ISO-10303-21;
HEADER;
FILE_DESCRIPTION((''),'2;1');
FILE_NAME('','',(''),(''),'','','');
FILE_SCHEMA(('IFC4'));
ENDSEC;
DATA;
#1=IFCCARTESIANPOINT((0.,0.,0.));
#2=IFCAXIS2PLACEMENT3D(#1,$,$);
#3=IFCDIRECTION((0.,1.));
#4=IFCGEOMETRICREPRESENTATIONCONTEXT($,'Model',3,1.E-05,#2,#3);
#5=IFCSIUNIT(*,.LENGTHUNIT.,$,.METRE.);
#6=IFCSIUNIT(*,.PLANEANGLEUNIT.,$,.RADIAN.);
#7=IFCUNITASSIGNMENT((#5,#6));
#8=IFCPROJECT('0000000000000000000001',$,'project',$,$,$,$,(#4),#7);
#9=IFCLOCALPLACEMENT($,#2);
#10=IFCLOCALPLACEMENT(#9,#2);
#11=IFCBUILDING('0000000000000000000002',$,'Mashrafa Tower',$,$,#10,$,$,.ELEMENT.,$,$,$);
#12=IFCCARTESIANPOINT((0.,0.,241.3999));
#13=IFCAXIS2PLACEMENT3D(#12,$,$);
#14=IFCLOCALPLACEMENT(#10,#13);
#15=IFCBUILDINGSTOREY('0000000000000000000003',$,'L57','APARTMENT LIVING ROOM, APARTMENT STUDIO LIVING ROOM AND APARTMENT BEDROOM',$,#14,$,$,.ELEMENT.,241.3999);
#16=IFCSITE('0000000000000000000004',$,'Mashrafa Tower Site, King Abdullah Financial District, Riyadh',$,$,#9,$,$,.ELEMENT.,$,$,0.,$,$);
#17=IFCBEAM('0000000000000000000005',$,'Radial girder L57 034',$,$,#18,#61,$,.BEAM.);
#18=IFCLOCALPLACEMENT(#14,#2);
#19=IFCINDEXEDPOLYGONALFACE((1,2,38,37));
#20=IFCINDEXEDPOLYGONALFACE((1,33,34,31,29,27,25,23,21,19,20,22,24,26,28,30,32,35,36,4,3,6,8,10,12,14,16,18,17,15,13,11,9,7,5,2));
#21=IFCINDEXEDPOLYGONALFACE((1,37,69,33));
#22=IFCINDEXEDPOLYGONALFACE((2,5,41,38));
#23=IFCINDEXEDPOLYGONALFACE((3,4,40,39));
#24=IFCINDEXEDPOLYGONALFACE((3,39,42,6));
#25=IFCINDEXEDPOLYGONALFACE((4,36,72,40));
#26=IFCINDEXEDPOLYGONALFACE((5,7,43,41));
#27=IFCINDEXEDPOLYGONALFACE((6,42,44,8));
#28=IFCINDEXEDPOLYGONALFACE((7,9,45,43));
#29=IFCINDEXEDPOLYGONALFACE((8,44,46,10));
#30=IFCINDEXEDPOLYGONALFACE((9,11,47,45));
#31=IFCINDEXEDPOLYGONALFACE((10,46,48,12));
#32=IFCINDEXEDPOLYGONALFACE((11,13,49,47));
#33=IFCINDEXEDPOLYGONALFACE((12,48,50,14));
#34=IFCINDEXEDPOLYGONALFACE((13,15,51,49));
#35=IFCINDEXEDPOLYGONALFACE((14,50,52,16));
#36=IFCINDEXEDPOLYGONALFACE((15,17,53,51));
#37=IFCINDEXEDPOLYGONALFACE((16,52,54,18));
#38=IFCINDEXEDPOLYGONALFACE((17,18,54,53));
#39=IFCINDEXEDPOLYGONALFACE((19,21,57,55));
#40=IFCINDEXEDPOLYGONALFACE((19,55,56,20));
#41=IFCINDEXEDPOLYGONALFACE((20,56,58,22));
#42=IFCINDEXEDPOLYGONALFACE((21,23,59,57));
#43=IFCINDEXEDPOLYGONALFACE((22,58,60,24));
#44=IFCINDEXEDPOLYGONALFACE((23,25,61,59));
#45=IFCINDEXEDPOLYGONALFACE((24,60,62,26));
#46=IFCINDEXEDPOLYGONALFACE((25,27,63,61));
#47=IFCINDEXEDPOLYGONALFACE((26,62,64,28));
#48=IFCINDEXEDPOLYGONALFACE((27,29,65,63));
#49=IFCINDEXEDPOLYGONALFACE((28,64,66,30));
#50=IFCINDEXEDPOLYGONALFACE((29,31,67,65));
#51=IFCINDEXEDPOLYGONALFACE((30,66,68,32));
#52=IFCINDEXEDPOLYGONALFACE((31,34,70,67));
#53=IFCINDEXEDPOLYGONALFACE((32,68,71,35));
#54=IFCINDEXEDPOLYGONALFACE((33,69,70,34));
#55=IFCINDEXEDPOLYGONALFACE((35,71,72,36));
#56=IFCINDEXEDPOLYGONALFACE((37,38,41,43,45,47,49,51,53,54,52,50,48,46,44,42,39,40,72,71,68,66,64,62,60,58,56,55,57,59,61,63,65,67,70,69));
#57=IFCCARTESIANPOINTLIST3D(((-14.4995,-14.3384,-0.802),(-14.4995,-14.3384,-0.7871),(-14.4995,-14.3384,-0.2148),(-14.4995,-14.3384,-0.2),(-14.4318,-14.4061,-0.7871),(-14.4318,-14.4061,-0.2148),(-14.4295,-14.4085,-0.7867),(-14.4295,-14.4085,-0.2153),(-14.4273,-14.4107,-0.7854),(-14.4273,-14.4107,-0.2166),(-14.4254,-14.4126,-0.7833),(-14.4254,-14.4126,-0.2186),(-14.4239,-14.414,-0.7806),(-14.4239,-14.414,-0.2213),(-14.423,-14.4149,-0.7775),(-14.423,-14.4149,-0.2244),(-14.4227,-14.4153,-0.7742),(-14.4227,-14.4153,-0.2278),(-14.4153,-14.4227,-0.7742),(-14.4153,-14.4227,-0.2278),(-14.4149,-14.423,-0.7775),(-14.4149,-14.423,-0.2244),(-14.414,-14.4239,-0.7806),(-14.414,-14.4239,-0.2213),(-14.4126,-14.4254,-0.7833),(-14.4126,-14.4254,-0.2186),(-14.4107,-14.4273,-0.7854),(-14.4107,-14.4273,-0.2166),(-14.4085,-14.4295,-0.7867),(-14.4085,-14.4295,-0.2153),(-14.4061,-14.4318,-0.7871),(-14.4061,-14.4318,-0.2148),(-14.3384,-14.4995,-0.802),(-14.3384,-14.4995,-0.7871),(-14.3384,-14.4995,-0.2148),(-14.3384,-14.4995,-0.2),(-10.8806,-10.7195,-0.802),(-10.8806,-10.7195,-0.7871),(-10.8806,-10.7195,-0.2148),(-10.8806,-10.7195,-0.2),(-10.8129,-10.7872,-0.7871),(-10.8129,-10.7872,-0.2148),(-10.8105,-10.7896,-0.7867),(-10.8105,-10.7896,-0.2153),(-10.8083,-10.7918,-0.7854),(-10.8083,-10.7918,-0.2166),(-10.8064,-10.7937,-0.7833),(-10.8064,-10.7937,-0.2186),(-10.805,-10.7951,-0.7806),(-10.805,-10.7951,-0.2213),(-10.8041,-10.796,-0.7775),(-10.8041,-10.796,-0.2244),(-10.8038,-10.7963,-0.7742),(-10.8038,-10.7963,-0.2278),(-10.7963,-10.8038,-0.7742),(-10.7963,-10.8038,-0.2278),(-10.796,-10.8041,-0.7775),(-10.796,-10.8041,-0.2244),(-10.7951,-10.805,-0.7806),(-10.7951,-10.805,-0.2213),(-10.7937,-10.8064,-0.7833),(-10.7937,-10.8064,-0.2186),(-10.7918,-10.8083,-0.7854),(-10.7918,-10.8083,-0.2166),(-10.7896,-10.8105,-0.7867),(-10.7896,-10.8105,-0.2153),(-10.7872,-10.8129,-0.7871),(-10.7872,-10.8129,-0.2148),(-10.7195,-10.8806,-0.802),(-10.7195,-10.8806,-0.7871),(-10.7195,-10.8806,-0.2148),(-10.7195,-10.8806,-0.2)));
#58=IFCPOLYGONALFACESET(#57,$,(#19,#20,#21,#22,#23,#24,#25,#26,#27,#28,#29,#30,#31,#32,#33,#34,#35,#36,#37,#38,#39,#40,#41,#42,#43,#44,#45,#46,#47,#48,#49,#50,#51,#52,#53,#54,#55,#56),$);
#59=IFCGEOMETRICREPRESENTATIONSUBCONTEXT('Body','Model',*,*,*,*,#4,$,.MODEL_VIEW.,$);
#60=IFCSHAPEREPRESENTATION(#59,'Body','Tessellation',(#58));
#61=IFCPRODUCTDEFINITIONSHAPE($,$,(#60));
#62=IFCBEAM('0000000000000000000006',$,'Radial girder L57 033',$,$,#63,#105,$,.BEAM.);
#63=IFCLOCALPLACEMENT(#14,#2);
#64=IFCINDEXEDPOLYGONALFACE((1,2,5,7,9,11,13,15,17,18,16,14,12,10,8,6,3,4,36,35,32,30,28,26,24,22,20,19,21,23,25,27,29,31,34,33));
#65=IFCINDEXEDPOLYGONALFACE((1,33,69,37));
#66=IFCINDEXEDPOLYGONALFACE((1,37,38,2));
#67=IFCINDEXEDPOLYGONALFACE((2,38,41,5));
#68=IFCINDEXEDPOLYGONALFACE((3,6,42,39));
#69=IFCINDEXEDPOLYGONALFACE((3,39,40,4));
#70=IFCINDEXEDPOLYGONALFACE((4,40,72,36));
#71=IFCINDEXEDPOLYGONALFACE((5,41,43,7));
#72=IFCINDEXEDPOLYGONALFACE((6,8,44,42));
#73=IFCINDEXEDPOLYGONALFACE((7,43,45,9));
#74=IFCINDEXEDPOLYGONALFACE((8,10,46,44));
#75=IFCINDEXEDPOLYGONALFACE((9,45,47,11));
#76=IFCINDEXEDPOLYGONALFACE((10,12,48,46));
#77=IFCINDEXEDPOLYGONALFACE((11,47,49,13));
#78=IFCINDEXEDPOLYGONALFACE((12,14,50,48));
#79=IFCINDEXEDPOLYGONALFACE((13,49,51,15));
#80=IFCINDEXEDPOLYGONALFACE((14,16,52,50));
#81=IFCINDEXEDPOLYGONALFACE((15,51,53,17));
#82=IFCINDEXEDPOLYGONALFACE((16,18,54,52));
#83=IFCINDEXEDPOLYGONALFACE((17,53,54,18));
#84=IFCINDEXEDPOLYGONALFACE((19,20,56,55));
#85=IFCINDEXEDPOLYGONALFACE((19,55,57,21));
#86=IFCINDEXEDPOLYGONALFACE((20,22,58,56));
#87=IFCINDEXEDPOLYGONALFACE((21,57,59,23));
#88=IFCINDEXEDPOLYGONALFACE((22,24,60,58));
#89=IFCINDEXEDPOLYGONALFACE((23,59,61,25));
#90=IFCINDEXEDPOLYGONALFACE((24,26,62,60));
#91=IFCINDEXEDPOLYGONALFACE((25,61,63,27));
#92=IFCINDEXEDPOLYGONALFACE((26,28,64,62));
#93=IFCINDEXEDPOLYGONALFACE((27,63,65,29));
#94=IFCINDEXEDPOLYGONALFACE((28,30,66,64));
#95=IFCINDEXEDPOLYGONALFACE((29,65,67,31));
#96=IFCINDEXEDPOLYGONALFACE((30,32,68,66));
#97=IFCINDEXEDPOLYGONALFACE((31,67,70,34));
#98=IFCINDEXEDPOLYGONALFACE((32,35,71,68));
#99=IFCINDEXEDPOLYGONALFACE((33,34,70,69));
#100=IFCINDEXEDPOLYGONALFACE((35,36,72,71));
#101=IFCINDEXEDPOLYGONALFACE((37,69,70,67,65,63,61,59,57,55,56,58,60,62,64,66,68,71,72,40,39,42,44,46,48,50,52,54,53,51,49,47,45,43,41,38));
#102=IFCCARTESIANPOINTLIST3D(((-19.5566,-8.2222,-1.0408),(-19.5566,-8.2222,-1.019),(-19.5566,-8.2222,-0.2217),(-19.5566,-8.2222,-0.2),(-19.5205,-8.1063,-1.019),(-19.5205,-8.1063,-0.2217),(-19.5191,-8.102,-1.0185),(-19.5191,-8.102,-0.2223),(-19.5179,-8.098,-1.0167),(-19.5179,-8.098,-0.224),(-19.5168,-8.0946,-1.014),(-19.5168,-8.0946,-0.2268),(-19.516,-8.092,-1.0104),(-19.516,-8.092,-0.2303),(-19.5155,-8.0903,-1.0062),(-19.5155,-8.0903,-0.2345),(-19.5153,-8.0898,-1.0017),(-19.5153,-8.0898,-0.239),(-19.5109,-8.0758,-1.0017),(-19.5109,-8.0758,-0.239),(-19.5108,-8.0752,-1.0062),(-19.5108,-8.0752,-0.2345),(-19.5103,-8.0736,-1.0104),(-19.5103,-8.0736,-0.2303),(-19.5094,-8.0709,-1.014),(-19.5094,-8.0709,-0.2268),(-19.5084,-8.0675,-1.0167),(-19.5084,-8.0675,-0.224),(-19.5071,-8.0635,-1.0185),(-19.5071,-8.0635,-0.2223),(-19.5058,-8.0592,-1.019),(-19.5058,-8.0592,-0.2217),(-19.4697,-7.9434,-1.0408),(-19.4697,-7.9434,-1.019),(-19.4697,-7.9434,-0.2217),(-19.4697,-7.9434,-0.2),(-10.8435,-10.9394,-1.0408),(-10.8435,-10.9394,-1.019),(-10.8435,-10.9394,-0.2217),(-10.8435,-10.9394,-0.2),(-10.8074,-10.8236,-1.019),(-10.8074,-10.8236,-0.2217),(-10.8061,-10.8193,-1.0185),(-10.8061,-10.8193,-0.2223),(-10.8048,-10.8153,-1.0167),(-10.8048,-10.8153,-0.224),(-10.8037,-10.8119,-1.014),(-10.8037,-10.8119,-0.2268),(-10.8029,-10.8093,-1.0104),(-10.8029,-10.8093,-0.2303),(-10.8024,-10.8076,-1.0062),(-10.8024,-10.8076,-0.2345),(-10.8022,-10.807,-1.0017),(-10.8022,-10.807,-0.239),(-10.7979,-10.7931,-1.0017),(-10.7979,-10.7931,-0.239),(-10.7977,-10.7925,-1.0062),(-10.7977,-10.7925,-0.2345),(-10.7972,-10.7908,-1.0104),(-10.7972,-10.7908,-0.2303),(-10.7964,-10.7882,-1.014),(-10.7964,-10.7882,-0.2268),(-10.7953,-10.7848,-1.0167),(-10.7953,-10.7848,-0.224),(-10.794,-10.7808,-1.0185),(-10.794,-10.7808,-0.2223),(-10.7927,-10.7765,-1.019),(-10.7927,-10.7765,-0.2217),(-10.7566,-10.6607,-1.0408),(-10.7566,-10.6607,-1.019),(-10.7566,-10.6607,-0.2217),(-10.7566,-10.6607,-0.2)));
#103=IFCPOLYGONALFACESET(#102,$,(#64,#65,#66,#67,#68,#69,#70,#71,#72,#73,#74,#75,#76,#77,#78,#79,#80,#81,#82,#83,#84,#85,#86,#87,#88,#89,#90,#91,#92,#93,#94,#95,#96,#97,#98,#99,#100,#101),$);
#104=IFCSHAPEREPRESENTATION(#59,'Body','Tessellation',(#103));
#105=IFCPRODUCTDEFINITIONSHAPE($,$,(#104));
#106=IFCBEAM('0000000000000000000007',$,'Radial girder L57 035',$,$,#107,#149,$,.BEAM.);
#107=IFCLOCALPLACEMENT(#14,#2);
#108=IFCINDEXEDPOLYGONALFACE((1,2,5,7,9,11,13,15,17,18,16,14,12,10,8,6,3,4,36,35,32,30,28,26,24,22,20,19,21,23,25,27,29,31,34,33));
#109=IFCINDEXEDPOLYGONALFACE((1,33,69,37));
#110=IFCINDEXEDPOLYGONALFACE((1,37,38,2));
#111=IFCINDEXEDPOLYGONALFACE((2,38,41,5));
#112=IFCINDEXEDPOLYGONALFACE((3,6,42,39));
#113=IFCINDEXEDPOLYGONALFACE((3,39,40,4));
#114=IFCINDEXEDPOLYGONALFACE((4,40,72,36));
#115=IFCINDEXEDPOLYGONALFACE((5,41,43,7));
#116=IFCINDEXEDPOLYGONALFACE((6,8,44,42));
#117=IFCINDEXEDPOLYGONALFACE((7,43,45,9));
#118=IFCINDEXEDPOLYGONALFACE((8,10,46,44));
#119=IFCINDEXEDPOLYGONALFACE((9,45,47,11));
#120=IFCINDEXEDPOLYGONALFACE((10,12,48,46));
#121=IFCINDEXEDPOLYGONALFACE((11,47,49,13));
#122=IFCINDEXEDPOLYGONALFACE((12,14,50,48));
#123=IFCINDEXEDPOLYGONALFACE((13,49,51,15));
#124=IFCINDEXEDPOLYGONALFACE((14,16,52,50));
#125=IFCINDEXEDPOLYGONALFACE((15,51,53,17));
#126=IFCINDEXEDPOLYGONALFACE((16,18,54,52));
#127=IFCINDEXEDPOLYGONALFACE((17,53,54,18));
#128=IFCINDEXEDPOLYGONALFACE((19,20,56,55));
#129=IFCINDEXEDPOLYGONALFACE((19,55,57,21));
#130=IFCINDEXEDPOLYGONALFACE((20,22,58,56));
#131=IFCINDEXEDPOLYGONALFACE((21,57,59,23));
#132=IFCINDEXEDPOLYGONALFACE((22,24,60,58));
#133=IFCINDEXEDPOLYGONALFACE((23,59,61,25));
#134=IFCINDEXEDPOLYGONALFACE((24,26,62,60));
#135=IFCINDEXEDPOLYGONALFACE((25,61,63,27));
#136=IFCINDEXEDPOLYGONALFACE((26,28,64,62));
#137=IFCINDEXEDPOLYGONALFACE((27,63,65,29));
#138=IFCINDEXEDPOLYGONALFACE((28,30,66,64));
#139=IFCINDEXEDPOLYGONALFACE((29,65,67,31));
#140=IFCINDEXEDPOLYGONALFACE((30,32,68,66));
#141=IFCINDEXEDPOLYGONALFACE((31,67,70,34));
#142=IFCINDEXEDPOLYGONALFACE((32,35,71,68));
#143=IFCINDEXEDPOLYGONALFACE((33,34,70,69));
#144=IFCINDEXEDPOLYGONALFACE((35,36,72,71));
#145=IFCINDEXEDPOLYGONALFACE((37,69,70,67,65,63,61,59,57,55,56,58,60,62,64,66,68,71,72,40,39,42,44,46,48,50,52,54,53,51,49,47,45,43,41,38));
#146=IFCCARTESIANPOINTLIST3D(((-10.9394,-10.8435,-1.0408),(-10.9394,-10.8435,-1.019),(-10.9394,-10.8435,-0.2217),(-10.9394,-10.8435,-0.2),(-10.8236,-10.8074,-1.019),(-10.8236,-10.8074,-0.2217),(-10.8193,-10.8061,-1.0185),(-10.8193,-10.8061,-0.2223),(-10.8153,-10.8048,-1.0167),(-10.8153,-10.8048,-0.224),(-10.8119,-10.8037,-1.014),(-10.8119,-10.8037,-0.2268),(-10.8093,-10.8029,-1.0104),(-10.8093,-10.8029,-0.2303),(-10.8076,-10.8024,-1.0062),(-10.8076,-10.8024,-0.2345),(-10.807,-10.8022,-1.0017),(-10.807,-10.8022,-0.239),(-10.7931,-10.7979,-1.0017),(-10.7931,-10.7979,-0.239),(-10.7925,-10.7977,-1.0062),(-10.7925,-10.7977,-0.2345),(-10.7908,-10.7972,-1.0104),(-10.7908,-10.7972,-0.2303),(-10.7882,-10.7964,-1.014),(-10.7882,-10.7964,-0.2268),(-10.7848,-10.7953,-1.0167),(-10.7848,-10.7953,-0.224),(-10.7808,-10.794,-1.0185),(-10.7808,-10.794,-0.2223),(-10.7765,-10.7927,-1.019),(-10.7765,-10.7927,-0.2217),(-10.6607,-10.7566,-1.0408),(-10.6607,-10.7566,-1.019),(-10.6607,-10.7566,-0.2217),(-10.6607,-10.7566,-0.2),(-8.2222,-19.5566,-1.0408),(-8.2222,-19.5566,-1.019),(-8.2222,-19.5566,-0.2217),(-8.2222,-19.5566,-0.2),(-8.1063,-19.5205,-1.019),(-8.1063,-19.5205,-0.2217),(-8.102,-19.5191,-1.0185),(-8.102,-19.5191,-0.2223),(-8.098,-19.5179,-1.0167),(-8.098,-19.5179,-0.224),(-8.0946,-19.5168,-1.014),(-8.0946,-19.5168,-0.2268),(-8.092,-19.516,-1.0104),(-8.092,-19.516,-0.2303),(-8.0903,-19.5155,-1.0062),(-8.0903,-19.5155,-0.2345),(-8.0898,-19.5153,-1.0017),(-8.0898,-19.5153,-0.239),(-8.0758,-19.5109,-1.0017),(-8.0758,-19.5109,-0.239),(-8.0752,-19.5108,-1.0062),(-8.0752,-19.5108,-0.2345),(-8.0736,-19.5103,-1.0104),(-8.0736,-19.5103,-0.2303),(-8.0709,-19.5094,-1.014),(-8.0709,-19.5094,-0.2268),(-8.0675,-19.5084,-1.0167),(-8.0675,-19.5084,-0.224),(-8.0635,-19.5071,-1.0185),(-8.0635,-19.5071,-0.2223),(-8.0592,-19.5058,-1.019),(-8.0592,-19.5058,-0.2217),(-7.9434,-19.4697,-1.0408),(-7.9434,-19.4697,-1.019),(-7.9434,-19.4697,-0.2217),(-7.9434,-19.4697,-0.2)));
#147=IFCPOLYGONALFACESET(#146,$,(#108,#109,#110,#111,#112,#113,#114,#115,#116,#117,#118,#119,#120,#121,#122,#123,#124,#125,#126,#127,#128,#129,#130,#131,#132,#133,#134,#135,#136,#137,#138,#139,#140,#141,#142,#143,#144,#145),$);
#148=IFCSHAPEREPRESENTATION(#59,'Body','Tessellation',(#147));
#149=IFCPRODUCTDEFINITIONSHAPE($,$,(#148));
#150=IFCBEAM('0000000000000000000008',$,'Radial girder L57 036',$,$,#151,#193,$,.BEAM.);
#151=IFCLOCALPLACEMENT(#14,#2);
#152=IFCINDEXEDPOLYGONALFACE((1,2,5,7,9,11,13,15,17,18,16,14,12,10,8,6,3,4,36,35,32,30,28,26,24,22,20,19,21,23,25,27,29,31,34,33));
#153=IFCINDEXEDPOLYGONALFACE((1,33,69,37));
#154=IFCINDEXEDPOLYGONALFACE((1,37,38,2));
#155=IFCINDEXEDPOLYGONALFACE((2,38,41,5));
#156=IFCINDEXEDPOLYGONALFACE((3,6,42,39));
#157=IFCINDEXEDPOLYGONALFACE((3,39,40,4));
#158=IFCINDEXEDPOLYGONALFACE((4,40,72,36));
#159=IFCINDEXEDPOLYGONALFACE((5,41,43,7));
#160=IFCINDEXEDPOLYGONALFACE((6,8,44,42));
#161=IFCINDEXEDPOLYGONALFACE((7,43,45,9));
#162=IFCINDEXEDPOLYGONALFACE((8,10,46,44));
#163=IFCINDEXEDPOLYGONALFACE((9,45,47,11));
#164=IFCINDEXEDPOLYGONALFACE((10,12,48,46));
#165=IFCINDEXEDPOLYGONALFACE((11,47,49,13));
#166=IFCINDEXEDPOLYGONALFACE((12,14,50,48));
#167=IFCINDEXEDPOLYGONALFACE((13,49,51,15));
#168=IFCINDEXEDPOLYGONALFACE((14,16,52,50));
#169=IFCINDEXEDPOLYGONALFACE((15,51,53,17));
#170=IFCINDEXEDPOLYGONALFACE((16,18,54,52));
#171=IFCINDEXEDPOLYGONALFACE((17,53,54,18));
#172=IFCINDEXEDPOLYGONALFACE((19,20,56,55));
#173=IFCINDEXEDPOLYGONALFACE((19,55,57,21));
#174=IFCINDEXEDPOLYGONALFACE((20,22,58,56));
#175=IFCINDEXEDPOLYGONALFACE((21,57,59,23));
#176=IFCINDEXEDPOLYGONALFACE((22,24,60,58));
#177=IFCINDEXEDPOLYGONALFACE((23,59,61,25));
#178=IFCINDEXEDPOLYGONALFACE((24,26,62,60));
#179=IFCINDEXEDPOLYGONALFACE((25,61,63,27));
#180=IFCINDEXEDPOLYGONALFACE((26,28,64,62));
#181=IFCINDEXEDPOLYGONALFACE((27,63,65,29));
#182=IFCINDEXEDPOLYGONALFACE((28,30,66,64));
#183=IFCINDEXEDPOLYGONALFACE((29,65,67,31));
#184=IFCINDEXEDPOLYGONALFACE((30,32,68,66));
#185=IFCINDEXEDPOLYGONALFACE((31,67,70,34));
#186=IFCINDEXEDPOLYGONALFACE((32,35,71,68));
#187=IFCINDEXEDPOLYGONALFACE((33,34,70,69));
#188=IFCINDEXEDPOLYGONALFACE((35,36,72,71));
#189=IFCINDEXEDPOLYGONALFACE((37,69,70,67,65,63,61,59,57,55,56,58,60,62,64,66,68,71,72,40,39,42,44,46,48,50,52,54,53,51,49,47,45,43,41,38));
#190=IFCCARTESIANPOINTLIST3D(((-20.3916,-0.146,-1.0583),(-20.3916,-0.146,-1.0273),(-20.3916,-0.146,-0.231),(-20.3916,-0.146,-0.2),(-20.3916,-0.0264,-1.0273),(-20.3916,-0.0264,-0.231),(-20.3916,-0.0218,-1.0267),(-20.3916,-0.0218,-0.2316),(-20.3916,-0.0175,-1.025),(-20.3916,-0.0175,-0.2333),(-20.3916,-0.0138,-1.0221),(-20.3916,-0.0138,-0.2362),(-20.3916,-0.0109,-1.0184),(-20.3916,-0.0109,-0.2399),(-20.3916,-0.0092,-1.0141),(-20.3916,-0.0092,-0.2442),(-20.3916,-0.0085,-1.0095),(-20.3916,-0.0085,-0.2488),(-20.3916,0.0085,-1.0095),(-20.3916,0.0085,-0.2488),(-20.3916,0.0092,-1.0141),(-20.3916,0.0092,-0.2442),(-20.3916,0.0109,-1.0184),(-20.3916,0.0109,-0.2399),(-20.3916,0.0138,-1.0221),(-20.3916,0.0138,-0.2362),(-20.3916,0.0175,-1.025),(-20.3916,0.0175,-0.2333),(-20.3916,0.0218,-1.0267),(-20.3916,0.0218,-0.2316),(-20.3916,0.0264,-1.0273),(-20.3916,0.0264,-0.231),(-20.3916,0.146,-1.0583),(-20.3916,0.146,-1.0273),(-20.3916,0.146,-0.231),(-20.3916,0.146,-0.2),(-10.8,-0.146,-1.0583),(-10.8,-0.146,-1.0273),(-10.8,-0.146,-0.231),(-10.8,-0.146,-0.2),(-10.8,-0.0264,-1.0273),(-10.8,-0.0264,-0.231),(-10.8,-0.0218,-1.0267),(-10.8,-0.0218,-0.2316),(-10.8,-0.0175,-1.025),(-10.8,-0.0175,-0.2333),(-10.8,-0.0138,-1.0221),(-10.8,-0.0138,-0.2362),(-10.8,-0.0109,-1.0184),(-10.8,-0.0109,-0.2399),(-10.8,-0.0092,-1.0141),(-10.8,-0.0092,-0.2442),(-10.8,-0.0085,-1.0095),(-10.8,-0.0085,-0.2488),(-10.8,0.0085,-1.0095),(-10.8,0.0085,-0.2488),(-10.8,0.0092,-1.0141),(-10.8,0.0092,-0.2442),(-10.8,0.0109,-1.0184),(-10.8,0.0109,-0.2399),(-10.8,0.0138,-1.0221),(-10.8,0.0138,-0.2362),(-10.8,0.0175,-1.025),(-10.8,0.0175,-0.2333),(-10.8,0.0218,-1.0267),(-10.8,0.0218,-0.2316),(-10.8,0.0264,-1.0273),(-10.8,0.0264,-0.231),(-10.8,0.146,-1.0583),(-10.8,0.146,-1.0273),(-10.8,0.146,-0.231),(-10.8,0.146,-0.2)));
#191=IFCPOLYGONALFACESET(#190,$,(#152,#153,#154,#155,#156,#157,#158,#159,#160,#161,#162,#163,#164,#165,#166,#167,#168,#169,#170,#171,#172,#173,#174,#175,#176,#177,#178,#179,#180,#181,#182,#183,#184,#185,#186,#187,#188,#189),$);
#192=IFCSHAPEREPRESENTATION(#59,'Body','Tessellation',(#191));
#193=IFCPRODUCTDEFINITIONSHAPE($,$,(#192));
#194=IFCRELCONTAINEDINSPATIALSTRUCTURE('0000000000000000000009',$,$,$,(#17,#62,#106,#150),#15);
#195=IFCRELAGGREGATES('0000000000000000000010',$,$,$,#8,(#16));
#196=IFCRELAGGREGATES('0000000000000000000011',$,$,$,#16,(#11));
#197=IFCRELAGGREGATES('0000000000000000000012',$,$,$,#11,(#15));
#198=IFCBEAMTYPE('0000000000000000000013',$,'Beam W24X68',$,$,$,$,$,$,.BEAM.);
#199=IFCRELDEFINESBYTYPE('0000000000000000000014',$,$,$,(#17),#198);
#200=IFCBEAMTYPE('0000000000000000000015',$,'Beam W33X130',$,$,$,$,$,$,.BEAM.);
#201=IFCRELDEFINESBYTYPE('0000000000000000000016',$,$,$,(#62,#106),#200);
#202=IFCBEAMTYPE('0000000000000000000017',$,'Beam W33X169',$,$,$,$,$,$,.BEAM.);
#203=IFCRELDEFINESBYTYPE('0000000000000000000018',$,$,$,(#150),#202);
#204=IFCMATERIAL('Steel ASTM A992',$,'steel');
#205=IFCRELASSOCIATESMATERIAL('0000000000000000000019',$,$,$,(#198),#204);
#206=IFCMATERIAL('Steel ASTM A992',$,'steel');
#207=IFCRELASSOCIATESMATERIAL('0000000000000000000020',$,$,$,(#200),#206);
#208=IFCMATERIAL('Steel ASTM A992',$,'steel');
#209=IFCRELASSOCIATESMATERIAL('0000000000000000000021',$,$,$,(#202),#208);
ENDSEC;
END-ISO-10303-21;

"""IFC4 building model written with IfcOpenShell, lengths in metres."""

from ifc_helpers import new_model, si_unit, direction, frame, origin, origin_2d, place, context, subcontext, project, spatial, i_section, extrude, material, material_profile, profile_set, type_object, element, save


model = new_model("IFC4")

# Units and contexts
model_context = context("Model", 3, precision=1e-05, world=origin(), true_north=direction((0.0, 1.0)))
body_context = subcontext(model_context, "Body", "Model", "MODEL_VIEW")
ifc_project = project(units=[si_unit("LENGTHUNIT", "METRE"), si_unit("PLANEANGLEUNIT", "RADIAN")], contexts=[model_context])

# Site, building, storey
site_placement = place(None, origin())
site = spatial("IfcSite", under=ifc_project, at=site_placement, Name="Mashrafa Tower Site, King Abdullah Financial District, Riyadh", CompositionType="ELEMENT", RefElevation=0.0)
building_placement = place(site_placement, origin())
building = spatial("IfcBuilding", under=site, at=building_placement, Name="Mashrafa Tower", CompositionType="ELEMENT")
storey_placement = place(building_placement, frame((0.0, 0.0, 241.3999)))
storey = spatial("IfcBuildingStorey", under=building, at=storey_placement, Name="L57", Description="APARTMENT LIVING ROOM, APARTMENT STUDIO LIVING ROOM AND APARTMENT BEDROOM", CompositionType="ELEMENT", Elevation=241.3999)

# Beams
ifc_material_1 = material(Name="Steel ASTM A992", Category="steel")
ifc_material_profile_1 = material_profile(ifc_material_1, i_section(OverallWidth=0.2278, OverallDepth=0.6021, WebThickness=0.0105, FlangeThickness=0.0149, FilletRadius=0.0129, at=origin_2d()), Name="W24X68")
ifc_profile_set_1 = profile_set([ifc_material_profile_1], Name="Steel ASTM A992")
beam_type_1 = type_object("IfcBeamType", Name="Beam W24X68", PredefinedType="BEAM", material=ifc_profile_set_1)
beam_1_placement = place(storey_placement, frame((-10.8, -10.8, -0.501), z_axis=(-0.707107, -0.707107, 0.0), x_axis=(0.707107, -0.707107, 0.0)))
element("IfcBeam", 1, at=beam_1_placement, inside=storey, type_object=beam_type_1, Name="Radial girder L57 034", PredefinedType="BEAM", context=body_context, shape_type="SweptSolid", body=[
    extrude(i_section(OverallWidth=0.2278, OverallDepth=0.6021, WebThickness=0.0105, FlangeThickness=0.0149, FilletRadius=0.0129, at=origin_2d()), origin(), (0.0, 0.0, 1.0), 5.1179),
])
ifc_material_2 = material(Name="Steel ASTM A992", Category="steel")
ifc_material_profile_2 = material_profile(ifc_material_2, i_section(OverallWidth=0.292, OverallDepth=0.8408, WebThickness=0.0146, FlangeThickness=0.0217, FilletRadius=0.0173, at=origin_2d()), Name="W33X130")
ifc_profile_set_2 = profile_set([ifc_material_profile_2], Name="Steel ASTM A992")
beam_type_2 = type_object("IfcBeamType", Name="Beam W33X130", PredefinedType="BEAM", material=ifc_profile_set_2)
for number, where, z_axis, x_axis, name in (
    (2, (-10.8, -10.8, -0.6204), (-0.954654, 0.297719, 0.0), (-0.297719, -0.954654, 0.0), "Radial girder L57 033"),
    (3, (-10.8, -10.8, -0.6204), (0.297719, -0.954654, 0.0), (0.954654, 0.297719, 0.0), "Radial girder L57 035"),
):
    element("IfcBeam", number, at=place(storey_placement, frame(where, z_axis=z_axis, x_axis=x_axis)), inside=storey, type_object=beam_type_2, Name=name, PredefinedType="BEAM", context=body_context, shape_type="SweptSolid", body=[
        extrude(i_section(OverallWidth=0.292, OverallDepth=0.8408, WebThickness=0.0146, FlangeThickness=0.0217, FilletRadius=0.0173, at=origin_2d()), origin(), (0.0, 0.0, 1.0), 9.127),
    ])
ifc_material_3 = material(Name="Steel ASTM A992", Category="steel")
ifc_material_profile_3 = material_profile(ifc_material_3, i_section(OverallWidth=0.292, OverallDepth=0.8584, WebThickness=0.0171, FlangeThickness=0.031, FilletRadius=0.0178, at=origin_2d()), Name="W33X169")
ifc_profile_set_3 = profile_set([ifc_material_profile_3], Name="Steel ASTM A992")
beam_type_3 = type_object("IfcBeamType", Name="Beam W33X169", PredefinedType="BEAM", material=ifc_profile_set_3)
beam_2_placement = place(storey_placement, frame((-10.8, 0.0, -0.6292), z_axis=(-1.0, 0.0, 0.0), x_axis=(0.0, -1.0, 0.0)))
element("IfcBeam", 4, at=beam_2_placement, inside=storey, type_object=beam_type_3, Name="Radial girder L57 036", PredefinedType="BEAM", context=body_context, shape_type="SweptSolid", body=[
    extrude(i_section(OverallWidth=0.292, OverallDepth=0.8584, WebThickness=0.0171, FlangeThickness=0.031, FilletRadius=0.0178, at=origin_2d()), origin(), (0.0, 0.0, 1.0), 9.5916),
])

save(model, "model.ifc")
